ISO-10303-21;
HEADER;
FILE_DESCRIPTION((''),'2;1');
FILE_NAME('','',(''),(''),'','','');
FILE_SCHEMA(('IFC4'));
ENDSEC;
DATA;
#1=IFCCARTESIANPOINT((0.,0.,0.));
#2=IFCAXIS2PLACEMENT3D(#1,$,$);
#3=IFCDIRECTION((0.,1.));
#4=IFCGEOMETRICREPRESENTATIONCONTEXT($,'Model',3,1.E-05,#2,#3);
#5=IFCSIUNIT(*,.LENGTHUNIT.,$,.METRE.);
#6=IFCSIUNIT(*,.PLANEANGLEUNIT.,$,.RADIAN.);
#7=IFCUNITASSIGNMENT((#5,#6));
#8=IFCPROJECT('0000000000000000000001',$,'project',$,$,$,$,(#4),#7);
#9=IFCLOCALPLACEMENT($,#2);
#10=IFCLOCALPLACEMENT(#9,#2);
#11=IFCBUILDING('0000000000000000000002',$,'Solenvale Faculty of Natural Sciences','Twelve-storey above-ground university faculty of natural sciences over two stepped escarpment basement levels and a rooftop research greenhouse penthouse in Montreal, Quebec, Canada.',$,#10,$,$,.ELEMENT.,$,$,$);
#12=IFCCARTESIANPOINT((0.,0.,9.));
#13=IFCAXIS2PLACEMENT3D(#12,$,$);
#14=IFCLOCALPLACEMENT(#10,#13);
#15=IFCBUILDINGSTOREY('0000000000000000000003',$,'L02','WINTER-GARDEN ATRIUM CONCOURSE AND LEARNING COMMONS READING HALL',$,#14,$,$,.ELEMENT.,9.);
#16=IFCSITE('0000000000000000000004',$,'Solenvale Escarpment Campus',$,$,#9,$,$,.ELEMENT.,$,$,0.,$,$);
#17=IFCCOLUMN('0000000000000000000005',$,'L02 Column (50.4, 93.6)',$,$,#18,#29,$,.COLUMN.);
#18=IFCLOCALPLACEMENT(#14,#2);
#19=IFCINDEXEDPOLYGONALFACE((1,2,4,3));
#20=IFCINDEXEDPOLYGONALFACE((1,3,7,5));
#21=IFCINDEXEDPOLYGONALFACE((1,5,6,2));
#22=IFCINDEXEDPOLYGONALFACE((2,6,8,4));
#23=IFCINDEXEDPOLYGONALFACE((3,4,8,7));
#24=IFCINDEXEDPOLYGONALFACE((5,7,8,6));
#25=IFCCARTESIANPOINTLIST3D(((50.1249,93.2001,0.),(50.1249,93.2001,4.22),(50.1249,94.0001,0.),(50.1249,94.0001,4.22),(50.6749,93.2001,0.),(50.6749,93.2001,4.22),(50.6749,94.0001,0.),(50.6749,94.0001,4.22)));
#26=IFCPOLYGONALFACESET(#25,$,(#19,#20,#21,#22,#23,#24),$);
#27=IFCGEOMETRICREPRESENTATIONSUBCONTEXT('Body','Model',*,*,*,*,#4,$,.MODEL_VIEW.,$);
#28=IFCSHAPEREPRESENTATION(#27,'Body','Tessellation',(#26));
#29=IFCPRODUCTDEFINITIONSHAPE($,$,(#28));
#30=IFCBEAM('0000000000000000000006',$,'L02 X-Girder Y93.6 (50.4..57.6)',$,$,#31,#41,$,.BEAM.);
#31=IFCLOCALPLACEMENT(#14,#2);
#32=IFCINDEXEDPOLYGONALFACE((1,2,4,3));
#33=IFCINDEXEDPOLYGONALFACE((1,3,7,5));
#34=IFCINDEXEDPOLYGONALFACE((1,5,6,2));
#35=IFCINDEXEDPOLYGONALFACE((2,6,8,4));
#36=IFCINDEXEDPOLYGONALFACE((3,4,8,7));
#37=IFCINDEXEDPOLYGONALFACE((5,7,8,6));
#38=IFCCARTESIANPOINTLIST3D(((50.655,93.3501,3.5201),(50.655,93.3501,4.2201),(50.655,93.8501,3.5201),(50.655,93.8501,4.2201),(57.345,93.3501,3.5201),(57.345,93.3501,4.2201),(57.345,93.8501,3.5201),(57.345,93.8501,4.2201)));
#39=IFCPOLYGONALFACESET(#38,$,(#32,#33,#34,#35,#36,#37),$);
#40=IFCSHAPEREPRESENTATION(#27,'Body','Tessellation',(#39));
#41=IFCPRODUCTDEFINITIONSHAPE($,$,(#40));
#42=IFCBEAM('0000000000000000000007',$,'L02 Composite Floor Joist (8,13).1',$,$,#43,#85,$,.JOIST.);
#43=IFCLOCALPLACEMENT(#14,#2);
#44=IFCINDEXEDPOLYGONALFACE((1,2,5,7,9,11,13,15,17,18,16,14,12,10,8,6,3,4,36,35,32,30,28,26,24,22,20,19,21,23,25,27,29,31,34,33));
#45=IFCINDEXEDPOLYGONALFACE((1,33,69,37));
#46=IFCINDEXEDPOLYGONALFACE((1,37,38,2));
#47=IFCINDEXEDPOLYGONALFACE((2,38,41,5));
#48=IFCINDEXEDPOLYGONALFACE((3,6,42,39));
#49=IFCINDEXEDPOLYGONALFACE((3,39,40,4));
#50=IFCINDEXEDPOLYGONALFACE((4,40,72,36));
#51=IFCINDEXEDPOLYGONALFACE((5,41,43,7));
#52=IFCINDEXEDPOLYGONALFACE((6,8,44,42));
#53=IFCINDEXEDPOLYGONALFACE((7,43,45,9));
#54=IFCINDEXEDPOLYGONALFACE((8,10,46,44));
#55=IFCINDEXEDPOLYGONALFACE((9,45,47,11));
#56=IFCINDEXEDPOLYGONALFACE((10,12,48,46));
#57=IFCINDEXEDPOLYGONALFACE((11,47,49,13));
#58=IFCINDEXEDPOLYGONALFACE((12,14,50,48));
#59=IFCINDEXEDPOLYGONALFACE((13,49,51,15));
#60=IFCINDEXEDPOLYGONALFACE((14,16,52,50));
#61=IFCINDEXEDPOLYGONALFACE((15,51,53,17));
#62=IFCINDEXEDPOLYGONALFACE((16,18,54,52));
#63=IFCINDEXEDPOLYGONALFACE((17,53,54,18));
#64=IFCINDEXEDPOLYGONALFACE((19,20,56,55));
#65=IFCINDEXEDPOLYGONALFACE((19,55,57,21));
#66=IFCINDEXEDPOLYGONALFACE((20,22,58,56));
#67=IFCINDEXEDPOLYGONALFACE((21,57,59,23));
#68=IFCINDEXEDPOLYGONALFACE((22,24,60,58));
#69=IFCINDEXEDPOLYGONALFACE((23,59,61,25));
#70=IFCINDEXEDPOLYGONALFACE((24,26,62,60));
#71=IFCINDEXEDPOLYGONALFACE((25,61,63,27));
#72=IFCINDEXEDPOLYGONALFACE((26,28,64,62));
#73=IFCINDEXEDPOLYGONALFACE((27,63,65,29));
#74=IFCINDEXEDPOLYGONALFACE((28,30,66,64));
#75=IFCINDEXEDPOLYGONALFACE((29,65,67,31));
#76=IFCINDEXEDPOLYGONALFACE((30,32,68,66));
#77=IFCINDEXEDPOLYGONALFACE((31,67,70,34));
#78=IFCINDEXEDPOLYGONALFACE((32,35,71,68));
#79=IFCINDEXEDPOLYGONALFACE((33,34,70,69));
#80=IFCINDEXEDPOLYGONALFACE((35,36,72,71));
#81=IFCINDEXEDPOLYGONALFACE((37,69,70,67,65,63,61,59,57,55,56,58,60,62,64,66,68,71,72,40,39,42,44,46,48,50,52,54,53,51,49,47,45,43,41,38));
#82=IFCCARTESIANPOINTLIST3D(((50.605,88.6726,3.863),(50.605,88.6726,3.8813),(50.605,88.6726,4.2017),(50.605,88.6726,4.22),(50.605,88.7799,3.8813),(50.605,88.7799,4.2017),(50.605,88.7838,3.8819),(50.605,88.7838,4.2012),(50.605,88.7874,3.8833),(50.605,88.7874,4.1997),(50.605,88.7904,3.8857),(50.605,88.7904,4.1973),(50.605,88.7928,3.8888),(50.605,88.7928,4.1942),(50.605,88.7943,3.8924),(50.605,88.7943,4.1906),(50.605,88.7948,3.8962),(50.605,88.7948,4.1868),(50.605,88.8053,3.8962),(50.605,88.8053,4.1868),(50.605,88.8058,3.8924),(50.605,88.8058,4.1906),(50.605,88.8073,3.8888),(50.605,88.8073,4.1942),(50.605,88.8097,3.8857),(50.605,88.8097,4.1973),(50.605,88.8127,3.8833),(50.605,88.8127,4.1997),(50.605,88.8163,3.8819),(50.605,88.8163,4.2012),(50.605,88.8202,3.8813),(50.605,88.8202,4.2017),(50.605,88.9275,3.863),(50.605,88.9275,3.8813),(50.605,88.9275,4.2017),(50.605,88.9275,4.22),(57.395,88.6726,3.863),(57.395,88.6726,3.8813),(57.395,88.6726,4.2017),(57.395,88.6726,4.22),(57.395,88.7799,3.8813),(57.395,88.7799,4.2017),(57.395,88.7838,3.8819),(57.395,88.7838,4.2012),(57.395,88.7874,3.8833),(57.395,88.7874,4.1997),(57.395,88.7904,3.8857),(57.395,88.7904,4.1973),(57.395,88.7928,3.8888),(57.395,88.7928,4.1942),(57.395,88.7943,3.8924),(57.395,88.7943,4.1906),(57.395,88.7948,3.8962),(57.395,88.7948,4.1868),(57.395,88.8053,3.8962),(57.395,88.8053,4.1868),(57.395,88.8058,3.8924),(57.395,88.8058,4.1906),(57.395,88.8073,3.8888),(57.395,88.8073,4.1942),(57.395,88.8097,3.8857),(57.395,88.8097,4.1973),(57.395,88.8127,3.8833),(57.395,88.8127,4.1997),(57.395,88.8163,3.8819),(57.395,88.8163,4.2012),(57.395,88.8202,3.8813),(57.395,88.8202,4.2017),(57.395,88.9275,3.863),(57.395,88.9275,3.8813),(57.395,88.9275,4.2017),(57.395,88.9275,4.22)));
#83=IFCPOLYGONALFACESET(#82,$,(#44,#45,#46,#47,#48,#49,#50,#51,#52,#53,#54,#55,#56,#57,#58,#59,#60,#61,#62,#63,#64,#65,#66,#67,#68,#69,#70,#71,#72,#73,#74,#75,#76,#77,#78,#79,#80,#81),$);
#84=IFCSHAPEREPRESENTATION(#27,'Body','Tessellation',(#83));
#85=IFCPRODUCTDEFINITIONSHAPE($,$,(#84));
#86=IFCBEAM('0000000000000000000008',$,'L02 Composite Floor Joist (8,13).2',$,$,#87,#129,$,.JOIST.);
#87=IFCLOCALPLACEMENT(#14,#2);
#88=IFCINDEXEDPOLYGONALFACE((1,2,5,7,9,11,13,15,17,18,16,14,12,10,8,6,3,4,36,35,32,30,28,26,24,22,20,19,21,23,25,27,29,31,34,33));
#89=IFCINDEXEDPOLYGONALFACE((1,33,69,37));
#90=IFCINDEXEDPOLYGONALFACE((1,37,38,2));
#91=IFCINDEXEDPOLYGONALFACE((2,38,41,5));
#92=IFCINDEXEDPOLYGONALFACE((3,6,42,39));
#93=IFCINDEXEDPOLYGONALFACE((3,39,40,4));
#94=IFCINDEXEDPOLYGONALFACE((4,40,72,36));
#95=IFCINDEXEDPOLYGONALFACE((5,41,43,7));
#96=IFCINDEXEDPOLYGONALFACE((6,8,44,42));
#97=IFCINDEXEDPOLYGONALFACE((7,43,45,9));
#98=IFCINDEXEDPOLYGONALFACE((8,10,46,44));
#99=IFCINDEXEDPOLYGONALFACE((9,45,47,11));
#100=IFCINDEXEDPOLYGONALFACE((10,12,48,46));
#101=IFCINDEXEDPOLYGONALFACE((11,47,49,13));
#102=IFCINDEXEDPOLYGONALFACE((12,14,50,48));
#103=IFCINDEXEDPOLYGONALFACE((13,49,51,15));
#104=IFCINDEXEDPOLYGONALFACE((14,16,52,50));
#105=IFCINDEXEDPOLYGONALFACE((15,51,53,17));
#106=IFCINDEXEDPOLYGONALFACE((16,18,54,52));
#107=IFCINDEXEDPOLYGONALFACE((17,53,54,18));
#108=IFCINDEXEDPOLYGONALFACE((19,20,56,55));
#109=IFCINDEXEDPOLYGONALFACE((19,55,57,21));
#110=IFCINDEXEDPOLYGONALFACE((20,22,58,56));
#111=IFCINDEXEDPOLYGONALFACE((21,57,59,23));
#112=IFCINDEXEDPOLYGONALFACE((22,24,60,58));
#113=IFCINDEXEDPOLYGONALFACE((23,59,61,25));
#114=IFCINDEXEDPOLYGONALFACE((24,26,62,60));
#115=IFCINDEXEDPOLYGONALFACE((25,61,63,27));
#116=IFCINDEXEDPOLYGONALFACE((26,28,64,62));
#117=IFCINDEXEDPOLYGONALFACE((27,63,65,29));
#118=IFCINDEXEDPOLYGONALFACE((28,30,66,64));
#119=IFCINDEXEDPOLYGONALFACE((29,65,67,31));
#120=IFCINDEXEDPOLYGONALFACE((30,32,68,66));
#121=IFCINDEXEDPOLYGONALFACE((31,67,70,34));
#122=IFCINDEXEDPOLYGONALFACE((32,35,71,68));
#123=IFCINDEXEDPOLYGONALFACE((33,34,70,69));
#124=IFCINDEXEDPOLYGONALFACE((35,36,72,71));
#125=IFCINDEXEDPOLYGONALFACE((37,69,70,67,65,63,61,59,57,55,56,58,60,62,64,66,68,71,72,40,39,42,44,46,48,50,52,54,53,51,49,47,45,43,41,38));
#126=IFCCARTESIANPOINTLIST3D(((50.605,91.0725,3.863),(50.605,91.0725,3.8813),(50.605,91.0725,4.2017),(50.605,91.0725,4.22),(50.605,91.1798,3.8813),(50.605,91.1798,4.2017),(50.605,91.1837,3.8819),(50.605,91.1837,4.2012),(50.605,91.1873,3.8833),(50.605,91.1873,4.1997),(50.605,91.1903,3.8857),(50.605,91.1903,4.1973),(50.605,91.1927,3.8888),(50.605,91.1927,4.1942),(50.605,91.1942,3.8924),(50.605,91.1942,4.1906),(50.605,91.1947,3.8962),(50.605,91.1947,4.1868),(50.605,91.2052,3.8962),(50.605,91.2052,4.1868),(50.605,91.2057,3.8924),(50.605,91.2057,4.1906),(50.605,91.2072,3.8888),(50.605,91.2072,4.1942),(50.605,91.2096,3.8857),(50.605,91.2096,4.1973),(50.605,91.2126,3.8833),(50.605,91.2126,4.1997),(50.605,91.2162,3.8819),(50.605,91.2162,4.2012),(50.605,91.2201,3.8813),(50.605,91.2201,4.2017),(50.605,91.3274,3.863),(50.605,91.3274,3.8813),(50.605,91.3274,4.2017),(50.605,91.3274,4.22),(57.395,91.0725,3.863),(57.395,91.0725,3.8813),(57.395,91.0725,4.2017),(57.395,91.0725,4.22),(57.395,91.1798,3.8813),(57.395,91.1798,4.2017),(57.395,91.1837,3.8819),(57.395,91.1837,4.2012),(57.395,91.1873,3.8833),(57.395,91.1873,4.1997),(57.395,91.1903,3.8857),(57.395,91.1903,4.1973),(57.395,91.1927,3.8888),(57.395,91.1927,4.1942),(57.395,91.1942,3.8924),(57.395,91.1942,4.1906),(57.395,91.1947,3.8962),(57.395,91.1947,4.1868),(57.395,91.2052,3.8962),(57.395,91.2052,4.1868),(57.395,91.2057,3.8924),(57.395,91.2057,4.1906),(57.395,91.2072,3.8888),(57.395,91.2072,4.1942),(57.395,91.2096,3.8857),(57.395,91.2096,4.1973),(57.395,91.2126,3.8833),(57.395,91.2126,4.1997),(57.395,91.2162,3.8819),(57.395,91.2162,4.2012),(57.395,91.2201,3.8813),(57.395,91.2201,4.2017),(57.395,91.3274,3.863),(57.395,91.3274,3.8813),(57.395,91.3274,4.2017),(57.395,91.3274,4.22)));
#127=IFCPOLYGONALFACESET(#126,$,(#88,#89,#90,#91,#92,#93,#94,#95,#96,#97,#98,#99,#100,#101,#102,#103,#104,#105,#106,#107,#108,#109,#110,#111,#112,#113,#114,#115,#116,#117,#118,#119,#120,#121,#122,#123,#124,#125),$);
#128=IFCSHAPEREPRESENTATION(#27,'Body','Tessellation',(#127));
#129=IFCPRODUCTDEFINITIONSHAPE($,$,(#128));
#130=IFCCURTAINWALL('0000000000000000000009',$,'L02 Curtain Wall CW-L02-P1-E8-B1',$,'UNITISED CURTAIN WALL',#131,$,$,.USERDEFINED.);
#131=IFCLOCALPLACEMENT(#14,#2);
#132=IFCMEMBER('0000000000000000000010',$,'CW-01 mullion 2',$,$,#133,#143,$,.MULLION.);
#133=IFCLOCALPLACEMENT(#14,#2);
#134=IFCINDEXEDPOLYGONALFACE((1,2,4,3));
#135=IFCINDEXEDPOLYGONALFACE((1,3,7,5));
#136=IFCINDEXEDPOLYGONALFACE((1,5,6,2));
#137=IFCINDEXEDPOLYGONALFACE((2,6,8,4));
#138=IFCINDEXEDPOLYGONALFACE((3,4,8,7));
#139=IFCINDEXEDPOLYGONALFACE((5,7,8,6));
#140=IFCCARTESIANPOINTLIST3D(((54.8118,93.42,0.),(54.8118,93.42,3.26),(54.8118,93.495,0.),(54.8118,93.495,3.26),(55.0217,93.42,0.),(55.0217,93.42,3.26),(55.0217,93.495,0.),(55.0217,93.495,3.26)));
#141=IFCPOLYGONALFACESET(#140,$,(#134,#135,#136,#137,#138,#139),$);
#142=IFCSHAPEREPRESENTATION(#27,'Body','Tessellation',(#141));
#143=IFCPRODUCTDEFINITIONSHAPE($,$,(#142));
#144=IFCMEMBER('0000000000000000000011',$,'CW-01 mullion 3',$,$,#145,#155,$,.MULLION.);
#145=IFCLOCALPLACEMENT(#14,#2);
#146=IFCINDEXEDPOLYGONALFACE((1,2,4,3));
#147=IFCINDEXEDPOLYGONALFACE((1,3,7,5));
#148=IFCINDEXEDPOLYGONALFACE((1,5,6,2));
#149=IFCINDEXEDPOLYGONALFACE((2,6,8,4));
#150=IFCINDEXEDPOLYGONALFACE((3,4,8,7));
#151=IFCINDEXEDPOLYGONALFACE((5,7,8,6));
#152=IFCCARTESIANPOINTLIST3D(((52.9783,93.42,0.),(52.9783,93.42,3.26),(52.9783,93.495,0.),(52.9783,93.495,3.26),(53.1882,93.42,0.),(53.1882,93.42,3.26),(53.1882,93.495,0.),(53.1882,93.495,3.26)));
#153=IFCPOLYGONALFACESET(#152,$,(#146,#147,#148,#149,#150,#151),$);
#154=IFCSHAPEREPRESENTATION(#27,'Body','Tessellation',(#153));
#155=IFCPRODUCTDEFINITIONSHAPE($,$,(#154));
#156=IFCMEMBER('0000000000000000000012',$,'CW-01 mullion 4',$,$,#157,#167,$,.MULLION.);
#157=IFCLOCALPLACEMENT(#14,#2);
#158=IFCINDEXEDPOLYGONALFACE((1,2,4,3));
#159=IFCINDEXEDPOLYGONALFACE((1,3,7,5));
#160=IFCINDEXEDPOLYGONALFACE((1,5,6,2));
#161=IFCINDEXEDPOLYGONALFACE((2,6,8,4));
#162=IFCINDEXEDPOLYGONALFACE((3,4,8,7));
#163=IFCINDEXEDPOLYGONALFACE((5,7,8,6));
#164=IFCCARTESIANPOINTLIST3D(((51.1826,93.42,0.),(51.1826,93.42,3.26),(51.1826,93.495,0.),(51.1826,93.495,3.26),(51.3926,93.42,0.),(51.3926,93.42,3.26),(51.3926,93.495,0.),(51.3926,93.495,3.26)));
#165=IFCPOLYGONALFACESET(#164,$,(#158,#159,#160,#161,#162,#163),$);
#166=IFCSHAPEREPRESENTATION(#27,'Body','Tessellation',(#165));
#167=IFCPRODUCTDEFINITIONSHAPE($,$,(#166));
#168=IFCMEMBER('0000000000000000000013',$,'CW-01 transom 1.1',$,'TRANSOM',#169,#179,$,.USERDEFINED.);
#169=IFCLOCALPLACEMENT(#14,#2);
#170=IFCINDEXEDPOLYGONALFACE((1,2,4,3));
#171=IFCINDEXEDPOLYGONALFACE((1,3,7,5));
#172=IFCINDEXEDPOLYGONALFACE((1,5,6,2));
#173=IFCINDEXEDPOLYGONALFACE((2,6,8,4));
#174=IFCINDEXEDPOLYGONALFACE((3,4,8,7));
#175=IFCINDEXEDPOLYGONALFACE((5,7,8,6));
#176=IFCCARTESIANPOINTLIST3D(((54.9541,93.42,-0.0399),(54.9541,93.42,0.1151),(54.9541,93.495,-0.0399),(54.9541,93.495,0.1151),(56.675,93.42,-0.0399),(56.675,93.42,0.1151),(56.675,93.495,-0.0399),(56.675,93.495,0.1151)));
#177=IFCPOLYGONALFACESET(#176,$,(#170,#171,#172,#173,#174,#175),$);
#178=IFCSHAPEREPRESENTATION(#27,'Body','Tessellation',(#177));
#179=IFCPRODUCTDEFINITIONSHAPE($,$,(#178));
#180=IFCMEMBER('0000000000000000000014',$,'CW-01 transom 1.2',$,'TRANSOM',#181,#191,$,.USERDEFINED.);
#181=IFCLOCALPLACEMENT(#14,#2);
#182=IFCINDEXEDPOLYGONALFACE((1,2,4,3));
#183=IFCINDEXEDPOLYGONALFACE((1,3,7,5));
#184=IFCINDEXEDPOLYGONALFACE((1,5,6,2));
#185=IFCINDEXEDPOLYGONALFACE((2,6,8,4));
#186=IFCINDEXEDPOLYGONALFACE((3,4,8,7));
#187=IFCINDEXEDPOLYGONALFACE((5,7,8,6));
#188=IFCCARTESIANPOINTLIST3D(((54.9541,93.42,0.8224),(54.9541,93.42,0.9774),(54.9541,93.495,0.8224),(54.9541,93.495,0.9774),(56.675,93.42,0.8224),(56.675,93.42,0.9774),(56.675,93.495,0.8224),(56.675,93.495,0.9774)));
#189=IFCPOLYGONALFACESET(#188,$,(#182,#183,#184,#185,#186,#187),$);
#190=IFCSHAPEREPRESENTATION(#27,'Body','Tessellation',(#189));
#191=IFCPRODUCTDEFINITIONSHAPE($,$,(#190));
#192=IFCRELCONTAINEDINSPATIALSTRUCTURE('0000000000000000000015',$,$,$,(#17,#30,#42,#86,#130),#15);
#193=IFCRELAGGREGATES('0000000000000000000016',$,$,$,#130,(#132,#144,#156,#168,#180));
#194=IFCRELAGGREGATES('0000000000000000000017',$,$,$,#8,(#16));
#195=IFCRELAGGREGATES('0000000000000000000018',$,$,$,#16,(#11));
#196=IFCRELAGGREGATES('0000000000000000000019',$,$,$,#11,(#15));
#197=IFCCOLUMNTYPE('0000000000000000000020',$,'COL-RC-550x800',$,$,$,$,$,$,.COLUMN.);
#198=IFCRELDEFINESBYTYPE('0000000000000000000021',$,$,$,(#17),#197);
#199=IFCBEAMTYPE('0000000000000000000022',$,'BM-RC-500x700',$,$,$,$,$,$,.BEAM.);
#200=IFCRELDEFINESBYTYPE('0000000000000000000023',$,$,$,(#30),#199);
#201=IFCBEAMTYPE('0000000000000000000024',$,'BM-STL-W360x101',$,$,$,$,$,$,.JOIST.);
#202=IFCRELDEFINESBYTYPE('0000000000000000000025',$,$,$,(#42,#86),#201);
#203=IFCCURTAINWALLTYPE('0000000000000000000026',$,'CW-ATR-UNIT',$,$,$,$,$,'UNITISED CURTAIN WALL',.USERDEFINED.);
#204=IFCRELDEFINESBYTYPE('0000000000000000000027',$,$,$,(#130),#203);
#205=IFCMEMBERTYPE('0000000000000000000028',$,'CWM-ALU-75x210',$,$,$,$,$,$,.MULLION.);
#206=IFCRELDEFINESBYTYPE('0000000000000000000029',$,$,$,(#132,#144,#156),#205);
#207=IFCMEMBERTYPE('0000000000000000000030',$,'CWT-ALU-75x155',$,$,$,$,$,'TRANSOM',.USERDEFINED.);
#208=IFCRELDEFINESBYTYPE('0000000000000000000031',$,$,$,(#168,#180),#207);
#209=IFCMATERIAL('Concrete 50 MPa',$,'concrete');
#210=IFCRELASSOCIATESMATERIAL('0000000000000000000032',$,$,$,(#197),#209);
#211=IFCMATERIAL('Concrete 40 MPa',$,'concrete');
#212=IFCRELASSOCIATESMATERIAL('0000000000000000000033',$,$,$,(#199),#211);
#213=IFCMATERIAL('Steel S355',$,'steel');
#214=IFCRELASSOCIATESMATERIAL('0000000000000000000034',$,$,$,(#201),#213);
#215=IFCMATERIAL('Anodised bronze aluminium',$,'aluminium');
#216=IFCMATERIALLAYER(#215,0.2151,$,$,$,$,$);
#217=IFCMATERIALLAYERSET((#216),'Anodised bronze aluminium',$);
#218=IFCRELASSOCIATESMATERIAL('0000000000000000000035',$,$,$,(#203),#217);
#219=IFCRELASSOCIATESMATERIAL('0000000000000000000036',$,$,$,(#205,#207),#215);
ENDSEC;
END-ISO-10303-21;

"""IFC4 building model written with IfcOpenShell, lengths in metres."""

from ifc_helpers import new_model, si_unit, direction, frame, origin, origin_2d, place, context, subcontext, project, spatial, rectangle, i_section, extrude, material, layer, layer_set, material_profile, profile_set, type_object, element, aggregate, save


model = new_model("IFC4")

# Units and contexts
model_context = context("Model", 3, precision=1e-05, world=origin(), true_north=direction((0.0, 1.0)))
body_context = subcontext(model_context, "Body", "Model", "MODEL_VIEW")
ifc_project = project(units=[si_unit("LENGTHUNIT", "METRE"), si_unit("PLANEANGLEUNIT", "RADIAN")], contexts=[model_context])

# Site, building, storey
site_placement = place(None, origin())
site = spatial("IfcSite", under=ifc_project, at=site_placement, Name="Solenvale Escarpment Campus", CompositionType="ELEMENT", RefElevation=0.0)
building_placement = place(site_placement, origin())
building = spatial("IfcBuilding", under=site, at=building_placement, Name="Solenvale Faculty of Natural Sciences", Description="Twelve-storey above-ground university faculty of natural sciences over two stepped escarpment basement levels and a rooftop research greenhouse penthouse in Montreal, Quebec, Canada.", CompositionType="ELEMENT")
storey_placement = place(building_placement, frame((0.0, 0.0, 9.0)))
storey = spatial("IfcBuildingStorey", under=building, at=storey_placement, Name="L02", Description="WINTER-GARDEN ATRIUM CONCOURSE AND LEARNING COMMONS READING HALL", CompositionType="ELEMENT", Elevation=9.0)

# Column
ifc_material_1 = material(Name="Concrete 50 MPa", Category="concrete")
ifc_material_profile_1 = material_profile(ifc_material_1, rectangle(XDim=0.55, YDim=0.8, at=origin_2d()), Name="RC-COL-550x800")
ifc_profile_set_1 = profile_set([ifc_material_profile_1], Name="Concrete 50 MPa")
column_type = type_object("IfcColumnType", Name="COL-RC-550x800", PredefinedType="COLUMN", material=ifc_profile_set_1)
column_placement = place(storey_placement, frame((50.3999, 93.6001, 0.0), z_axis=(0.0, 0.0, 1.0), x_axis=(1.0, 0.0, 0.0)))
element("IfcColumn", 1, at=column_placement, inside=storey, type_object=column_type, Name="L02 Column (50.4, 93.6)", PredefinedType="COLUMN", context=body_context, shape_type="SweptSolid", body=[
    extrude(rectangle(XDim=0.55, YDim=0.8, at=origin_2d()), origin(), (0.0, 0.0, 1.0), 4.22),
])

# Beams
ifc_material_2 = material(Name="Concrete 40 MPa", Category="concrete")
ifc_material_profile_2 = material_profile(ifc_material_2, rectangle(XDim=0.5, YDim=0.7, at=origin_2d()), Name="RC-BM-500x700")
ifc_profile_set_2 = profile_set([ifc_material_profile_2], Name="Concrete 40 MPa")
beam_type_1 = type_object("IfcBeamType", Name="BM-RC-500x700", PredefinedType="BEAM", material=ifc_profile_set_2)
beam_placement = place(storey_placement, frame((50.655, 93.6001, 3.8701), z_axis=(1.0, 0.0, 0.0), x_axis=(0.0, 1.0, 0.0)))
element("IfcBeam", 2, at=beam_placement, inside=storey, type_object=beam_type_1, Name="L02 X-Girder Y93.6 (50.4..57.6)", PredefinedType="BEAM", context=body_context, shape_type="SweptSolid", body=[
    extrude(rectangle(XDim=0.5, YDim=0.7, at=origin_2d()), origin(), (0.0, 0.0, 1.0), 6.6899),
])
ifc_material_3 = material(Name="Steel S355", Category="steel")
ifc_material_profile_3 = material_profile(ifc_material_3, i_section(OverallWidth=0.2549, OverallDepth=0.3569, WebThickness=0.0105, FlangeThickness=0.0183, FilletRadius=0.0149, at=origin_2d()), Name="W360x101")
ifc_profile_set_3 = profile_set([ifc_material_profile_3], Name="Steel S355")
beam_type_2 = type_object("IfcBeamType", Name="BM-STL-W360x101", PredefinedType="JOIST", material=ifc_profile_set_3)
for number, where, z_axis, x_axis, name in (
    (3, (50.605, 88.8, 4.0415), (1.0, 0.0, 0.0), (0.0, 1.0, 0.0), "L02 Composite Floor Joist (8,13).1"),
    (4, (50.605, 91.2, 4.0415), (1.0, 0.0, 0.0), (0.0, 1.0, 0.0), "L02 Composite Floor Joist (8,13).2"),
):
    element("IfcBeam", number, at=place(storey_placement, frame(where, z_axis=z_axis, x_axis=x_axis)), inside=storey, type_object=beam_type_2, Name=name, PredefinedType="JOIST", context=body_context, shape_type="SweptSolid", body=[
        extrude(i_section(OverallWidth=0.2549, OverallDepth=0.3569, WebThickness=0.0105, FlangeThickness=0.0183, FilletRadius=0.0149, at=origin_2d()), origin(), (0.0, 0.0, 1.0), 6.79),
    ])

# Curtain wall, members
ifc_material_4 = material(Name="Anodised bronze aluminium", Category="aluminium")
ifc_layer_1 = layer(ifc_material_4, 0.2151)
ifc_layer_set_1 = layer_set([ifc_layer_1], Name="Anodised bronze aluminium")
curtain_wall_type = type_object("IfcCurtainWallType", Name="CW-ATR-UNIT", ElementType="UNITISED CURTAIN WALL", PredefinedType="USERDEFINED", material=ifc_layer_set_1)
curtain_wall_placement = place(storey_placement, origin())
curtain_wall = element("IfcCurtainWall", 5, at=curtain_wall_placement, inside=storey, type_object=curtain_wall_type, Name="L02 Curtain Wall CW-L02-P1-E8-B1", ObjectType="UNITISED CURTAIN WALL", PredefinedType="USERDEFINED")
ifc_material_profile_4 = material_profile(ifc_material_4, rectangle(XDim=0.075, YDim=0.21, at=origin_2d()), Name="ALU-MUL-75x210")
ifc_profile_set_4 = profile_set([ifc_material_profile_4], Name="Anodised bronze aluminium")
member_type_1 = type_object("IfcMemberType", Name="CWM-ALU-75x210", PredefinedType="MULLION", material=ifc_profile_set_4)
member_1_placement = place(storey_placement, frame((54.9167, 93.4575, 0.0), z_axis=(0.0, 0.0, 1.0), x_axis=(0.0, -1.0, 0.0)))
member_1 = element("IfcMember", 6, at=member_1_placement, type_object=member_type_1, Name="CW-01 mullion 2", PredefinedType="MULLION", context=body_context, shape_type="SweptSolid", body=[
    extrude(rectangle(XDim=0.075, YDim=0.21, at=origin_2d()), origin(), (0.0, 0.0, 1.0), 3.26),
])
member_2_placement = place(storey_placement, frame((53.0833, 93.4575, 0.0), z_axis=(0.0, 0.0, 1.0), x_axis=(0.0, -1.0, 0.0)))
member_2 = element("IfcMember", 7, at=member_2_placement, type_object=member_type_1, Name="CW-01 mullion 3", PredefinedType="MULLION", context=body_context, shape_type="SweptSolid", body=[
    extrude(rectangle(XDim=0.075, YDim=0.21, at=origin_2d()), origin(), (0.0, 0.0, 1.0), 3.26),
])
member_3_placement = place(storey_placement, frame((51.2876, 93.4575, 0.0), z_axis=(0.0, 0.0, 1.0), x_axis=(0.0, -1.0, 0.0)))
member_3 = element("IfcMember", 8, at=member_3_placement, type_object=member_type_1, Name="CW-01 mullion 4", PredefinedType="MULLION", context=body_context, shape_type="SweptSolid", body=[
    extrude(rectangle(XDim=0.075, YDim=0.21, at=origin_2d()), origin(), (0.0, 0.0, 1.0), 3.26),
])
ifc_material_profile_5 = material_profile(ifc_material_4, rectangle(XDim=0.075, YDim=0.155, at=origin_2d()), Name="ALU-TRN-75x155")
ifc_profile_set_5 = profile_set([ifc_material_profile_5], Name="Anodised bronze aluminium")
member_type_2 = type_object("IfcMemberType", Name="CWT-ALU-75x155", ElementType="TRANSOM", PredefinedType="USERDEFINED", material=ifc_profile_set_5)
member_4_placement = place(storey_placement, frame((56.675, 93.4575, 0.0376), z_axis=(-1.0, 0.0, 0.0), x_axis=(0.0, -1.0, 0.0)))
member_4 = element("IfcMember", 9, at=member_4_placement, type_object=member_type_2, Name="CW-01 transom 1.1", ObjectType="TRANSOM", PredefinedType="USERDEFINED", context=body_context, shape_type="SweptSolid", body=[
    extrude(rectangle(XDim=0.075, YDim=0.155, at=origin_2d()), origin(), (0.0, 0.0, 1.0), 1.7209),
])
member_5_placement = place(storey_placement, frame((56.675, 93.4575, 0.8999), z_axis=(-1.0, 0.0, 0.0), x_axis=(0.0, -1.0, 0.0)))
member_5 = element("IfcMember", 10, at=member_5_placement, type_object=member_type_2, Name="CW-01 transom 1.2", ObjectType="TRANSOM", PredefinedType="USERDEFINED", context=body_context, shape_type="SweptSolid", body=[
    extrude(rectangle(XDim=0.075, YDim=0.155, at=origin_2d()), origin(), (0.0, 0.0, 1.0), 1.7209),
])
aggregate(curtain_wall, [member_1, member_2, member_3, member_4, member_5])

save(model, "model.ifc")
